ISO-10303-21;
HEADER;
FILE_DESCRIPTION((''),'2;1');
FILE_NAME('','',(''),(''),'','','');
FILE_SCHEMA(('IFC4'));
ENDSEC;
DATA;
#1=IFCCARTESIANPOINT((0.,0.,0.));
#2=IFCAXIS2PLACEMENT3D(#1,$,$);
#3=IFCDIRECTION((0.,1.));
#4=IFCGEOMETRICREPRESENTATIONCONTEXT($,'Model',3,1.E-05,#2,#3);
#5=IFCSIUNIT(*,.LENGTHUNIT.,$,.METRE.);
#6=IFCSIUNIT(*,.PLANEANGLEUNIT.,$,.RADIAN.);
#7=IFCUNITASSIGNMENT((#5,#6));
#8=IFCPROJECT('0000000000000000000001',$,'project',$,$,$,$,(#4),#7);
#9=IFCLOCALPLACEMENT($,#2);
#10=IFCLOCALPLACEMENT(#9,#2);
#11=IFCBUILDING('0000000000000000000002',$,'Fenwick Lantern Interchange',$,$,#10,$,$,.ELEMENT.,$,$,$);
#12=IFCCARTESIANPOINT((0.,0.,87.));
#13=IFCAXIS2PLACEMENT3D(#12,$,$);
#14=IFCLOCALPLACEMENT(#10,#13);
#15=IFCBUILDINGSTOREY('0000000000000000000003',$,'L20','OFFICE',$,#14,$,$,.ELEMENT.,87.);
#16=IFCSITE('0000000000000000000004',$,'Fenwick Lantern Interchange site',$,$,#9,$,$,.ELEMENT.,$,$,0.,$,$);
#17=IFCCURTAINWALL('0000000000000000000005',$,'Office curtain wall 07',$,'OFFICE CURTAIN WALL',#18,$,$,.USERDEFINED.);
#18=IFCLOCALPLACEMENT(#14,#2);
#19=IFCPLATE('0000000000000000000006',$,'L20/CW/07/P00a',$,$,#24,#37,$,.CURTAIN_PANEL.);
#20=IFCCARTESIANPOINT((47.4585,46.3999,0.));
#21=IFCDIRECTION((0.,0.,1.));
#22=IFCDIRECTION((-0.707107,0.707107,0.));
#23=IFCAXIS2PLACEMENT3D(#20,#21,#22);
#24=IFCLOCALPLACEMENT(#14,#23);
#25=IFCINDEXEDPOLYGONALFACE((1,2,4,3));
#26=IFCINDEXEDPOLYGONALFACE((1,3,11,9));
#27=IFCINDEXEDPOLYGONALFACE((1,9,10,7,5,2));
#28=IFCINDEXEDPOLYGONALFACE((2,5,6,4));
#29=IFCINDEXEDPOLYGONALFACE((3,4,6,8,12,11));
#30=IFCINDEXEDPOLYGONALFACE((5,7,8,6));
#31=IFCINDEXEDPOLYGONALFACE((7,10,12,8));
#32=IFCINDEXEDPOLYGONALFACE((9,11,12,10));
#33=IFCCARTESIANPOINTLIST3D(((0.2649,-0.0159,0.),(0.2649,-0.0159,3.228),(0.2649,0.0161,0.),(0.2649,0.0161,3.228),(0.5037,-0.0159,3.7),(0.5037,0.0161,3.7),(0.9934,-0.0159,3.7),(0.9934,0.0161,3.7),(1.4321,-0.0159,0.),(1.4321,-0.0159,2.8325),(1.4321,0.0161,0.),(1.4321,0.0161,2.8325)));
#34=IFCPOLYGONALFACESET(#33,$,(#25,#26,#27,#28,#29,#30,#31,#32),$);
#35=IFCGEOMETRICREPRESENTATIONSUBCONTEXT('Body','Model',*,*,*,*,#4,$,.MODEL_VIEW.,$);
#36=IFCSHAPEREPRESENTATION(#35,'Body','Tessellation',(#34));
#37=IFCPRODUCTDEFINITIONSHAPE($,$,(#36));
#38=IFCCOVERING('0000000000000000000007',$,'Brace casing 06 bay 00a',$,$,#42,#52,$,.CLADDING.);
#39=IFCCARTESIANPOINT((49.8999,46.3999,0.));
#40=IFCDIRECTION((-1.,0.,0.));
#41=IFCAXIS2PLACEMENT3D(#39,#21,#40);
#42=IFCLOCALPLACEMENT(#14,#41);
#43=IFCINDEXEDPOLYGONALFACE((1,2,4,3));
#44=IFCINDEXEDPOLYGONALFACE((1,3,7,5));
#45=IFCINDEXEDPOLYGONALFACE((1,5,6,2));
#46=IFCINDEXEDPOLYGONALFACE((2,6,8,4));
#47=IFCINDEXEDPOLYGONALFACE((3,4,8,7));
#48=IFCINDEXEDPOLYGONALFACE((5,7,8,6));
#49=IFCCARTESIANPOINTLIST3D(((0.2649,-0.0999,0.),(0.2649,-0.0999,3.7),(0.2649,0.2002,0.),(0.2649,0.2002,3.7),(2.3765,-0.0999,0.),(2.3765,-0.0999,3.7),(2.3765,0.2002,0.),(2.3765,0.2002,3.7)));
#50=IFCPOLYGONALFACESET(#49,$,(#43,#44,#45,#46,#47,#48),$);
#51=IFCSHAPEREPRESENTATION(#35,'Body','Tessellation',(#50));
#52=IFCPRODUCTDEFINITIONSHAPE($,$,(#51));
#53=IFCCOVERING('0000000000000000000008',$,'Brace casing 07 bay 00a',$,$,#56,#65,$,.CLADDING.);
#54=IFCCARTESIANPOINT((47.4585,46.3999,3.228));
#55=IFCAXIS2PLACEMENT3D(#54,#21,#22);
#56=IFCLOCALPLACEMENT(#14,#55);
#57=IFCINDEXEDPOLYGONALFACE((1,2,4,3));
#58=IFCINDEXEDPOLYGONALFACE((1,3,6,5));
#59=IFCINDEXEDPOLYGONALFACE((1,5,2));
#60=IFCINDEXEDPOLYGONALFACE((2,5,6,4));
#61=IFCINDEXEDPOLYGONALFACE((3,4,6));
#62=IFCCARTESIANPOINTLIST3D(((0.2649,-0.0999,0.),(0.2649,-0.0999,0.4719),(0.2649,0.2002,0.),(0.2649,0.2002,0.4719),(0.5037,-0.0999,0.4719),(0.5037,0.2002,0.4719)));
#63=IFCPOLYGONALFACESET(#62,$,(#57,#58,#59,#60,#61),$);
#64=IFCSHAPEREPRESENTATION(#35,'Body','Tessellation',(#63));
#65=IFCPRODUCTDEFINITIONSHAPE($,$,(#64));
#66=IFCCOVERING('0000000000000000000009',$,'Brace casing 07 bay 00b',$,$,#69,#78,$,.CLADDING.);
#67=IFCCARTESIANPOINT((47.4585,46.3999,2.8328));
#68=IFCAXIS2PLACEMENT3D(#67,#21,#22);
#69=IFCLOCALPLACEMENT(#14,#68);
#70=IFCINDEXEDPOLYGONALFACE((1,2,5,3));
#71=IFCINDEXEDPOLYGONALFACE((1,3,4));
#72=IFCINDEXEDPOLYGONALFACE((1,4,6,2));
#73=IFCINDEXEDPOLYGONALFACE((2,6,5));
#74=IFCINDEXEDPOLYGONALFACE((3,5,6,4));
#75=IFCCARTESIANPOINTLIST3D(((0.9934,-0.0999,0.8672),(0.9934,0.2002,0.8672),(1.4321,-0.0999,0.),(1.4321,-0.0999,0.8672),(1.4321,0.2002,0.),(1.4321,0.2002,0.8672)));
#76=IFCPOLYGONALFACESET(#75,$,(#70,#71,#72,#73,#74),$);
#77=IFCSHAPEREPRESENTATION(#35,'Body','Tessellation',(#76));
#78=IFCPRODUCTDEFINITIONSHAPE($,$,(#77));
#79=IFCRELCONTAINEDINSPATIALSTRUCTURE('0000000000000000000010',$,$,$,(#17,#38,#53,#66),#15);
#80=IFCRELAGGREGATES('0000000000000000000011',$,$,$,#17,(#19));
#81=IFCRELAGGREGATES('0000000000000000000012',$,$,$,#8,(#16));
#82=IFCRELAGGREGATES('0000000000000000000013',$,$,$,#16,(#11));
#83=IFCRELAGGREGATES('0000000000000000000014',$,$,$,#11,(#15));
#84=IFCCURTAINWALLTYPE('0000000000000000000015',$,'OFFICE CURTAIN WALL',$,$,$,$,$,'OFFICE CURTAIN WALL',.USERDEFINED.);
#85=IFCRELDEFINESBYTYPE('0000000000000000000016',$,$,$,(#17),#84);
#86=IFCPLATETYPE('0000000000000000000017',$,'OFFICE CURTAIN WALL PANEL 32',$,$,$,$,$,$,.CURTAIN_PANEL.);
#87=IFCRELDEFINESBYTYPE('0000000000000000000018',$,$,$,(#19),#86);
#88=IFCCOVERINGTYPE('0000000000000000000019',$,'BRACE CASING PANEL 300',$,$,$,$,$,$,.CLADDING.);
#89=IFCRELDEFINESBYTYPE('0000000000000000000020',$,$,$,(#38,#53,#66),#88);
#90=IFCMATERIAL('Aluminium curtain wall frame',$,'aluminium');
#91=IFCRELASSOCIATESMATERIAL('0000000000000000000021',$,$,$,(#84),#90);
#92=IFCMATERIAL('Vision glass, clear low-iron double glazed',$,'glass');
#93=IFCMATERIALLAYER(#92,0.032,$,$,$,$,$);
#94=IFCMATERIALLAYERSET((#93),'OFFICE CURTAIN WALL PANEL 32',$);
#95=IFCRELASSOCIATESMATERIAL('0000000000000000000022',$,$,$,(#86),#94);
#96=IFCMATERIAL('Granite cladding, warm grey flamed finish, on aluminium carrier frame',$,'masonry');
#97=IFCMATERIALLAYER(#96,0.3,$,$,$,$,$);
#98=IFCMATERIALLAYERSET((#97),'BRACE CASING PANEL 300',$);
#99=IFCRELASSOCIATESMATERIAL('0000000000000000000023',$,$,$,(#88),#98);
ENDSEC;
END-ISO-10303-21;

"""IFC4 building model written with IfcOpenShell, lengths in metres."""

from ifc_helpers import new_model, si_unit, direction, frame, origin, place, context, subcontext, project, spatial, polyline, outline, extrude, material, layer, layer_set, type_object, element, aggregate, save


model = new_model("IFC4")

# Units and contexts
model_context = context("Model", 3, precision=1e-05, world=origin(), true_north=direction((0.0, 1.0)))
body_context = subcontext(model_context, "Body", "Model", "MODEL_VIEW")
ifc_project = project(units=[si_unit("LENGTHUNIT", "METRE"), si_unit("PLANEANGLEUNIT", "RADIAN")], contexts=[model_context])

# Site, building, storey
site_placement = place(None, origin())
site = spatial("IfcSite", under=ifc_project, at=site_placement, Name="Fenwick Lantern Interchange site", CompositionType="ELEMENT", RefElevation=0.0)
building_placement = place(site_placement, origin())
building = spatial("IfcBuilding", under=site, at=building_placement, Name="Fenwick Lantern Interchange", CompositionType="ELEMENT")
storey_placement = place(building_placement, frame((0.0, 0.0, 87.0)))
storey = spatial("IfcBuildingStorey", under=building, at=storey_placement, Name="L20", Description="OFFICE", CompositionType="ELEMENT", Elevation=87.0)

# Shared definitions
ifc_material_1 = material(Name="Aluminium curtain wall frame", Category="aluminium")
curtain_wall_type = type_object("IfcCurtainWallType", Name="OFFICE CURTAIN WALL", ElementType="OFFICE CURTAIN WALL", PredefinedType="USERDEFINED", material=ifc_material_1)

# Curtain wall, plate
curtain_wall_1_placement = place(storey_placement, origin())
curtain_wall_1 = element("IfcCurtainWall", 1, at=curtain_wall_1_placement, inside=storey, type_object=curtain_wall_type, Name="Office curtain wall 07", ObjectType="OFFICE CURTAIN WALL", PredefinedType="USERDEFINED")
ifc_material_2 = material(Name="Vision glass, clear low-iron double glazed", Category="glass")
ifc_layer_1 = layer(ifc_material_2, 0.032)
ifc_layer_set_1 = layer_set([ifc_layer_1], Name="OFFICE CURTAIN WALL PANEL 32")
plate_type = type_object("IfcPlateType", Name="OFFICE CURTAIN WALL PANEL 32", PredefinedType="CURTAIN_PANEL", material=ifc_layer_set_1)
plate_placement = place(storey_placement, frame((47.4585, 46.3999, 0.0), z_axis=(0.0, 0.0, 1.0), x_axis=(-0.707107, 0.707107, 0.0)))
plate = element("IfcPlate", 2, at=plate_placement, type_object=plate_type, Name="L20/CW/07/P00a", PredefinedType="CURTAIN_PANEL", context=body_context, shape_type="SweptSolid", body=[
    extrude(outline(polyline([(0.2649, 0.0), (1.4321, 0.0), (1.4321, 2.8325), (0.9934, 3.7), (0.5037, 3.7), (0.2649, 3.228), (0.2649, 0.0)])), frame((0.0, 0.0161, 0.0), z_axis=(0.0, -1.0, 0.0), x_axis=(1.0, 0.0, 0.0)), (0.0, 0.0, 1.0), 0.032),
])
aggregate(curtain_wall_1, [plate])

# Coverings
ifc_material_3 = material(Name="Granite cladding, warm grey flamed finish, on aluminium carrier frame", Category="masonry")
ifc_layer_2 = layer(ifc_material_3, 0.3)
ifc_layer_set_2 = layer_set([ifc_layer_2], Name="BRACE CASING PANEL 300")
covering_type = type_object("IfcCoveringType", Name="BRACE CASING PANEL 300", PredefinedType="CLADDING", material=ifc_layer_set_2)
covering_1_placement = place(storey_placement, frame((49.8999, 46.3999, 0.0), z_axis=(0.0, 0.0, 1.0), x_axis=(-1.0, 0.0, 0.0)))
element("IfcCovering", 3, at=covering_1_placement, inside=storey, type_object=covering_type, Name="Brace casing 06 bay 00a", PredefinedType="CLADDING", context=body_context, shape_type="SweptSolid", body=[
    extrude(outline(polyline([(0.2649, 0.0), (2.3765, 0.0), (2.3765, 3.7), (0.2649, 3.7), (0.2649, 0.0)])), frame((0.0, 0.2002, 0.0), z_axis=(0.0, -1.0, 0.0), x_axis=(1.0, 0.0, 0.0)), (0.0, 0.0, 1.0), 0.3),
])
covering_2_placement = place(storey_placement, frame((47.4585, 46.3999, 3.228), z_axis=(0.0, 0.0, 1.0), x_axis=(-0.707107, 0.707107, 0.0)))
element("IfcCovering", 4, at=covering_2_placement, inside=storey, type_object=covering_type, Name="Brace casing 07 bay 00a", PredefinedType="CLADDING", context=body_context, shape_type="SweptSolid", body=[
    extrude(outline(polyline([(0.2649, 0.0), (0.5037, 0.4719), (0.2649, 0.4719), (0.2649, 0.0)])), frame((0.0, 0.2002, 0.0), z_axis=(0.0, -1.0, 0.0), x_axis=(1.0, 0.0, 0.0)), (0.0, 0.0, 1.0), 0.3),
])
covering_3_placement = place(storey_placement, frame((47.4585, 46.3999, 2.8328), z_axis=(0.0, 0.0, 1.0), x_axis=(-0.707107, 0.707107, 0.0)))
element("IfcCovering", 5, at=covering_3_placement, inside=storey, type_object=covering_type, Name="Brace casing 07 bay 00b", PredefinedType="CLADDING", context=body_context, shape_type="SweptSolid", body=[
    extrude(outline(polyline([(1.4321, 0.0), (1.4321, 0.8672), (0.9934, 0.8672), (1.4321, 0.0)])), frame((0.0, 0.2002, 0.0), z_axis=(0.0, -1.0, 0.0), x_axis=(1.0, 0.0, 0.0)), (0.0, 0.0, 1.0), 0.3),
])

save(model, "model.ifc")
